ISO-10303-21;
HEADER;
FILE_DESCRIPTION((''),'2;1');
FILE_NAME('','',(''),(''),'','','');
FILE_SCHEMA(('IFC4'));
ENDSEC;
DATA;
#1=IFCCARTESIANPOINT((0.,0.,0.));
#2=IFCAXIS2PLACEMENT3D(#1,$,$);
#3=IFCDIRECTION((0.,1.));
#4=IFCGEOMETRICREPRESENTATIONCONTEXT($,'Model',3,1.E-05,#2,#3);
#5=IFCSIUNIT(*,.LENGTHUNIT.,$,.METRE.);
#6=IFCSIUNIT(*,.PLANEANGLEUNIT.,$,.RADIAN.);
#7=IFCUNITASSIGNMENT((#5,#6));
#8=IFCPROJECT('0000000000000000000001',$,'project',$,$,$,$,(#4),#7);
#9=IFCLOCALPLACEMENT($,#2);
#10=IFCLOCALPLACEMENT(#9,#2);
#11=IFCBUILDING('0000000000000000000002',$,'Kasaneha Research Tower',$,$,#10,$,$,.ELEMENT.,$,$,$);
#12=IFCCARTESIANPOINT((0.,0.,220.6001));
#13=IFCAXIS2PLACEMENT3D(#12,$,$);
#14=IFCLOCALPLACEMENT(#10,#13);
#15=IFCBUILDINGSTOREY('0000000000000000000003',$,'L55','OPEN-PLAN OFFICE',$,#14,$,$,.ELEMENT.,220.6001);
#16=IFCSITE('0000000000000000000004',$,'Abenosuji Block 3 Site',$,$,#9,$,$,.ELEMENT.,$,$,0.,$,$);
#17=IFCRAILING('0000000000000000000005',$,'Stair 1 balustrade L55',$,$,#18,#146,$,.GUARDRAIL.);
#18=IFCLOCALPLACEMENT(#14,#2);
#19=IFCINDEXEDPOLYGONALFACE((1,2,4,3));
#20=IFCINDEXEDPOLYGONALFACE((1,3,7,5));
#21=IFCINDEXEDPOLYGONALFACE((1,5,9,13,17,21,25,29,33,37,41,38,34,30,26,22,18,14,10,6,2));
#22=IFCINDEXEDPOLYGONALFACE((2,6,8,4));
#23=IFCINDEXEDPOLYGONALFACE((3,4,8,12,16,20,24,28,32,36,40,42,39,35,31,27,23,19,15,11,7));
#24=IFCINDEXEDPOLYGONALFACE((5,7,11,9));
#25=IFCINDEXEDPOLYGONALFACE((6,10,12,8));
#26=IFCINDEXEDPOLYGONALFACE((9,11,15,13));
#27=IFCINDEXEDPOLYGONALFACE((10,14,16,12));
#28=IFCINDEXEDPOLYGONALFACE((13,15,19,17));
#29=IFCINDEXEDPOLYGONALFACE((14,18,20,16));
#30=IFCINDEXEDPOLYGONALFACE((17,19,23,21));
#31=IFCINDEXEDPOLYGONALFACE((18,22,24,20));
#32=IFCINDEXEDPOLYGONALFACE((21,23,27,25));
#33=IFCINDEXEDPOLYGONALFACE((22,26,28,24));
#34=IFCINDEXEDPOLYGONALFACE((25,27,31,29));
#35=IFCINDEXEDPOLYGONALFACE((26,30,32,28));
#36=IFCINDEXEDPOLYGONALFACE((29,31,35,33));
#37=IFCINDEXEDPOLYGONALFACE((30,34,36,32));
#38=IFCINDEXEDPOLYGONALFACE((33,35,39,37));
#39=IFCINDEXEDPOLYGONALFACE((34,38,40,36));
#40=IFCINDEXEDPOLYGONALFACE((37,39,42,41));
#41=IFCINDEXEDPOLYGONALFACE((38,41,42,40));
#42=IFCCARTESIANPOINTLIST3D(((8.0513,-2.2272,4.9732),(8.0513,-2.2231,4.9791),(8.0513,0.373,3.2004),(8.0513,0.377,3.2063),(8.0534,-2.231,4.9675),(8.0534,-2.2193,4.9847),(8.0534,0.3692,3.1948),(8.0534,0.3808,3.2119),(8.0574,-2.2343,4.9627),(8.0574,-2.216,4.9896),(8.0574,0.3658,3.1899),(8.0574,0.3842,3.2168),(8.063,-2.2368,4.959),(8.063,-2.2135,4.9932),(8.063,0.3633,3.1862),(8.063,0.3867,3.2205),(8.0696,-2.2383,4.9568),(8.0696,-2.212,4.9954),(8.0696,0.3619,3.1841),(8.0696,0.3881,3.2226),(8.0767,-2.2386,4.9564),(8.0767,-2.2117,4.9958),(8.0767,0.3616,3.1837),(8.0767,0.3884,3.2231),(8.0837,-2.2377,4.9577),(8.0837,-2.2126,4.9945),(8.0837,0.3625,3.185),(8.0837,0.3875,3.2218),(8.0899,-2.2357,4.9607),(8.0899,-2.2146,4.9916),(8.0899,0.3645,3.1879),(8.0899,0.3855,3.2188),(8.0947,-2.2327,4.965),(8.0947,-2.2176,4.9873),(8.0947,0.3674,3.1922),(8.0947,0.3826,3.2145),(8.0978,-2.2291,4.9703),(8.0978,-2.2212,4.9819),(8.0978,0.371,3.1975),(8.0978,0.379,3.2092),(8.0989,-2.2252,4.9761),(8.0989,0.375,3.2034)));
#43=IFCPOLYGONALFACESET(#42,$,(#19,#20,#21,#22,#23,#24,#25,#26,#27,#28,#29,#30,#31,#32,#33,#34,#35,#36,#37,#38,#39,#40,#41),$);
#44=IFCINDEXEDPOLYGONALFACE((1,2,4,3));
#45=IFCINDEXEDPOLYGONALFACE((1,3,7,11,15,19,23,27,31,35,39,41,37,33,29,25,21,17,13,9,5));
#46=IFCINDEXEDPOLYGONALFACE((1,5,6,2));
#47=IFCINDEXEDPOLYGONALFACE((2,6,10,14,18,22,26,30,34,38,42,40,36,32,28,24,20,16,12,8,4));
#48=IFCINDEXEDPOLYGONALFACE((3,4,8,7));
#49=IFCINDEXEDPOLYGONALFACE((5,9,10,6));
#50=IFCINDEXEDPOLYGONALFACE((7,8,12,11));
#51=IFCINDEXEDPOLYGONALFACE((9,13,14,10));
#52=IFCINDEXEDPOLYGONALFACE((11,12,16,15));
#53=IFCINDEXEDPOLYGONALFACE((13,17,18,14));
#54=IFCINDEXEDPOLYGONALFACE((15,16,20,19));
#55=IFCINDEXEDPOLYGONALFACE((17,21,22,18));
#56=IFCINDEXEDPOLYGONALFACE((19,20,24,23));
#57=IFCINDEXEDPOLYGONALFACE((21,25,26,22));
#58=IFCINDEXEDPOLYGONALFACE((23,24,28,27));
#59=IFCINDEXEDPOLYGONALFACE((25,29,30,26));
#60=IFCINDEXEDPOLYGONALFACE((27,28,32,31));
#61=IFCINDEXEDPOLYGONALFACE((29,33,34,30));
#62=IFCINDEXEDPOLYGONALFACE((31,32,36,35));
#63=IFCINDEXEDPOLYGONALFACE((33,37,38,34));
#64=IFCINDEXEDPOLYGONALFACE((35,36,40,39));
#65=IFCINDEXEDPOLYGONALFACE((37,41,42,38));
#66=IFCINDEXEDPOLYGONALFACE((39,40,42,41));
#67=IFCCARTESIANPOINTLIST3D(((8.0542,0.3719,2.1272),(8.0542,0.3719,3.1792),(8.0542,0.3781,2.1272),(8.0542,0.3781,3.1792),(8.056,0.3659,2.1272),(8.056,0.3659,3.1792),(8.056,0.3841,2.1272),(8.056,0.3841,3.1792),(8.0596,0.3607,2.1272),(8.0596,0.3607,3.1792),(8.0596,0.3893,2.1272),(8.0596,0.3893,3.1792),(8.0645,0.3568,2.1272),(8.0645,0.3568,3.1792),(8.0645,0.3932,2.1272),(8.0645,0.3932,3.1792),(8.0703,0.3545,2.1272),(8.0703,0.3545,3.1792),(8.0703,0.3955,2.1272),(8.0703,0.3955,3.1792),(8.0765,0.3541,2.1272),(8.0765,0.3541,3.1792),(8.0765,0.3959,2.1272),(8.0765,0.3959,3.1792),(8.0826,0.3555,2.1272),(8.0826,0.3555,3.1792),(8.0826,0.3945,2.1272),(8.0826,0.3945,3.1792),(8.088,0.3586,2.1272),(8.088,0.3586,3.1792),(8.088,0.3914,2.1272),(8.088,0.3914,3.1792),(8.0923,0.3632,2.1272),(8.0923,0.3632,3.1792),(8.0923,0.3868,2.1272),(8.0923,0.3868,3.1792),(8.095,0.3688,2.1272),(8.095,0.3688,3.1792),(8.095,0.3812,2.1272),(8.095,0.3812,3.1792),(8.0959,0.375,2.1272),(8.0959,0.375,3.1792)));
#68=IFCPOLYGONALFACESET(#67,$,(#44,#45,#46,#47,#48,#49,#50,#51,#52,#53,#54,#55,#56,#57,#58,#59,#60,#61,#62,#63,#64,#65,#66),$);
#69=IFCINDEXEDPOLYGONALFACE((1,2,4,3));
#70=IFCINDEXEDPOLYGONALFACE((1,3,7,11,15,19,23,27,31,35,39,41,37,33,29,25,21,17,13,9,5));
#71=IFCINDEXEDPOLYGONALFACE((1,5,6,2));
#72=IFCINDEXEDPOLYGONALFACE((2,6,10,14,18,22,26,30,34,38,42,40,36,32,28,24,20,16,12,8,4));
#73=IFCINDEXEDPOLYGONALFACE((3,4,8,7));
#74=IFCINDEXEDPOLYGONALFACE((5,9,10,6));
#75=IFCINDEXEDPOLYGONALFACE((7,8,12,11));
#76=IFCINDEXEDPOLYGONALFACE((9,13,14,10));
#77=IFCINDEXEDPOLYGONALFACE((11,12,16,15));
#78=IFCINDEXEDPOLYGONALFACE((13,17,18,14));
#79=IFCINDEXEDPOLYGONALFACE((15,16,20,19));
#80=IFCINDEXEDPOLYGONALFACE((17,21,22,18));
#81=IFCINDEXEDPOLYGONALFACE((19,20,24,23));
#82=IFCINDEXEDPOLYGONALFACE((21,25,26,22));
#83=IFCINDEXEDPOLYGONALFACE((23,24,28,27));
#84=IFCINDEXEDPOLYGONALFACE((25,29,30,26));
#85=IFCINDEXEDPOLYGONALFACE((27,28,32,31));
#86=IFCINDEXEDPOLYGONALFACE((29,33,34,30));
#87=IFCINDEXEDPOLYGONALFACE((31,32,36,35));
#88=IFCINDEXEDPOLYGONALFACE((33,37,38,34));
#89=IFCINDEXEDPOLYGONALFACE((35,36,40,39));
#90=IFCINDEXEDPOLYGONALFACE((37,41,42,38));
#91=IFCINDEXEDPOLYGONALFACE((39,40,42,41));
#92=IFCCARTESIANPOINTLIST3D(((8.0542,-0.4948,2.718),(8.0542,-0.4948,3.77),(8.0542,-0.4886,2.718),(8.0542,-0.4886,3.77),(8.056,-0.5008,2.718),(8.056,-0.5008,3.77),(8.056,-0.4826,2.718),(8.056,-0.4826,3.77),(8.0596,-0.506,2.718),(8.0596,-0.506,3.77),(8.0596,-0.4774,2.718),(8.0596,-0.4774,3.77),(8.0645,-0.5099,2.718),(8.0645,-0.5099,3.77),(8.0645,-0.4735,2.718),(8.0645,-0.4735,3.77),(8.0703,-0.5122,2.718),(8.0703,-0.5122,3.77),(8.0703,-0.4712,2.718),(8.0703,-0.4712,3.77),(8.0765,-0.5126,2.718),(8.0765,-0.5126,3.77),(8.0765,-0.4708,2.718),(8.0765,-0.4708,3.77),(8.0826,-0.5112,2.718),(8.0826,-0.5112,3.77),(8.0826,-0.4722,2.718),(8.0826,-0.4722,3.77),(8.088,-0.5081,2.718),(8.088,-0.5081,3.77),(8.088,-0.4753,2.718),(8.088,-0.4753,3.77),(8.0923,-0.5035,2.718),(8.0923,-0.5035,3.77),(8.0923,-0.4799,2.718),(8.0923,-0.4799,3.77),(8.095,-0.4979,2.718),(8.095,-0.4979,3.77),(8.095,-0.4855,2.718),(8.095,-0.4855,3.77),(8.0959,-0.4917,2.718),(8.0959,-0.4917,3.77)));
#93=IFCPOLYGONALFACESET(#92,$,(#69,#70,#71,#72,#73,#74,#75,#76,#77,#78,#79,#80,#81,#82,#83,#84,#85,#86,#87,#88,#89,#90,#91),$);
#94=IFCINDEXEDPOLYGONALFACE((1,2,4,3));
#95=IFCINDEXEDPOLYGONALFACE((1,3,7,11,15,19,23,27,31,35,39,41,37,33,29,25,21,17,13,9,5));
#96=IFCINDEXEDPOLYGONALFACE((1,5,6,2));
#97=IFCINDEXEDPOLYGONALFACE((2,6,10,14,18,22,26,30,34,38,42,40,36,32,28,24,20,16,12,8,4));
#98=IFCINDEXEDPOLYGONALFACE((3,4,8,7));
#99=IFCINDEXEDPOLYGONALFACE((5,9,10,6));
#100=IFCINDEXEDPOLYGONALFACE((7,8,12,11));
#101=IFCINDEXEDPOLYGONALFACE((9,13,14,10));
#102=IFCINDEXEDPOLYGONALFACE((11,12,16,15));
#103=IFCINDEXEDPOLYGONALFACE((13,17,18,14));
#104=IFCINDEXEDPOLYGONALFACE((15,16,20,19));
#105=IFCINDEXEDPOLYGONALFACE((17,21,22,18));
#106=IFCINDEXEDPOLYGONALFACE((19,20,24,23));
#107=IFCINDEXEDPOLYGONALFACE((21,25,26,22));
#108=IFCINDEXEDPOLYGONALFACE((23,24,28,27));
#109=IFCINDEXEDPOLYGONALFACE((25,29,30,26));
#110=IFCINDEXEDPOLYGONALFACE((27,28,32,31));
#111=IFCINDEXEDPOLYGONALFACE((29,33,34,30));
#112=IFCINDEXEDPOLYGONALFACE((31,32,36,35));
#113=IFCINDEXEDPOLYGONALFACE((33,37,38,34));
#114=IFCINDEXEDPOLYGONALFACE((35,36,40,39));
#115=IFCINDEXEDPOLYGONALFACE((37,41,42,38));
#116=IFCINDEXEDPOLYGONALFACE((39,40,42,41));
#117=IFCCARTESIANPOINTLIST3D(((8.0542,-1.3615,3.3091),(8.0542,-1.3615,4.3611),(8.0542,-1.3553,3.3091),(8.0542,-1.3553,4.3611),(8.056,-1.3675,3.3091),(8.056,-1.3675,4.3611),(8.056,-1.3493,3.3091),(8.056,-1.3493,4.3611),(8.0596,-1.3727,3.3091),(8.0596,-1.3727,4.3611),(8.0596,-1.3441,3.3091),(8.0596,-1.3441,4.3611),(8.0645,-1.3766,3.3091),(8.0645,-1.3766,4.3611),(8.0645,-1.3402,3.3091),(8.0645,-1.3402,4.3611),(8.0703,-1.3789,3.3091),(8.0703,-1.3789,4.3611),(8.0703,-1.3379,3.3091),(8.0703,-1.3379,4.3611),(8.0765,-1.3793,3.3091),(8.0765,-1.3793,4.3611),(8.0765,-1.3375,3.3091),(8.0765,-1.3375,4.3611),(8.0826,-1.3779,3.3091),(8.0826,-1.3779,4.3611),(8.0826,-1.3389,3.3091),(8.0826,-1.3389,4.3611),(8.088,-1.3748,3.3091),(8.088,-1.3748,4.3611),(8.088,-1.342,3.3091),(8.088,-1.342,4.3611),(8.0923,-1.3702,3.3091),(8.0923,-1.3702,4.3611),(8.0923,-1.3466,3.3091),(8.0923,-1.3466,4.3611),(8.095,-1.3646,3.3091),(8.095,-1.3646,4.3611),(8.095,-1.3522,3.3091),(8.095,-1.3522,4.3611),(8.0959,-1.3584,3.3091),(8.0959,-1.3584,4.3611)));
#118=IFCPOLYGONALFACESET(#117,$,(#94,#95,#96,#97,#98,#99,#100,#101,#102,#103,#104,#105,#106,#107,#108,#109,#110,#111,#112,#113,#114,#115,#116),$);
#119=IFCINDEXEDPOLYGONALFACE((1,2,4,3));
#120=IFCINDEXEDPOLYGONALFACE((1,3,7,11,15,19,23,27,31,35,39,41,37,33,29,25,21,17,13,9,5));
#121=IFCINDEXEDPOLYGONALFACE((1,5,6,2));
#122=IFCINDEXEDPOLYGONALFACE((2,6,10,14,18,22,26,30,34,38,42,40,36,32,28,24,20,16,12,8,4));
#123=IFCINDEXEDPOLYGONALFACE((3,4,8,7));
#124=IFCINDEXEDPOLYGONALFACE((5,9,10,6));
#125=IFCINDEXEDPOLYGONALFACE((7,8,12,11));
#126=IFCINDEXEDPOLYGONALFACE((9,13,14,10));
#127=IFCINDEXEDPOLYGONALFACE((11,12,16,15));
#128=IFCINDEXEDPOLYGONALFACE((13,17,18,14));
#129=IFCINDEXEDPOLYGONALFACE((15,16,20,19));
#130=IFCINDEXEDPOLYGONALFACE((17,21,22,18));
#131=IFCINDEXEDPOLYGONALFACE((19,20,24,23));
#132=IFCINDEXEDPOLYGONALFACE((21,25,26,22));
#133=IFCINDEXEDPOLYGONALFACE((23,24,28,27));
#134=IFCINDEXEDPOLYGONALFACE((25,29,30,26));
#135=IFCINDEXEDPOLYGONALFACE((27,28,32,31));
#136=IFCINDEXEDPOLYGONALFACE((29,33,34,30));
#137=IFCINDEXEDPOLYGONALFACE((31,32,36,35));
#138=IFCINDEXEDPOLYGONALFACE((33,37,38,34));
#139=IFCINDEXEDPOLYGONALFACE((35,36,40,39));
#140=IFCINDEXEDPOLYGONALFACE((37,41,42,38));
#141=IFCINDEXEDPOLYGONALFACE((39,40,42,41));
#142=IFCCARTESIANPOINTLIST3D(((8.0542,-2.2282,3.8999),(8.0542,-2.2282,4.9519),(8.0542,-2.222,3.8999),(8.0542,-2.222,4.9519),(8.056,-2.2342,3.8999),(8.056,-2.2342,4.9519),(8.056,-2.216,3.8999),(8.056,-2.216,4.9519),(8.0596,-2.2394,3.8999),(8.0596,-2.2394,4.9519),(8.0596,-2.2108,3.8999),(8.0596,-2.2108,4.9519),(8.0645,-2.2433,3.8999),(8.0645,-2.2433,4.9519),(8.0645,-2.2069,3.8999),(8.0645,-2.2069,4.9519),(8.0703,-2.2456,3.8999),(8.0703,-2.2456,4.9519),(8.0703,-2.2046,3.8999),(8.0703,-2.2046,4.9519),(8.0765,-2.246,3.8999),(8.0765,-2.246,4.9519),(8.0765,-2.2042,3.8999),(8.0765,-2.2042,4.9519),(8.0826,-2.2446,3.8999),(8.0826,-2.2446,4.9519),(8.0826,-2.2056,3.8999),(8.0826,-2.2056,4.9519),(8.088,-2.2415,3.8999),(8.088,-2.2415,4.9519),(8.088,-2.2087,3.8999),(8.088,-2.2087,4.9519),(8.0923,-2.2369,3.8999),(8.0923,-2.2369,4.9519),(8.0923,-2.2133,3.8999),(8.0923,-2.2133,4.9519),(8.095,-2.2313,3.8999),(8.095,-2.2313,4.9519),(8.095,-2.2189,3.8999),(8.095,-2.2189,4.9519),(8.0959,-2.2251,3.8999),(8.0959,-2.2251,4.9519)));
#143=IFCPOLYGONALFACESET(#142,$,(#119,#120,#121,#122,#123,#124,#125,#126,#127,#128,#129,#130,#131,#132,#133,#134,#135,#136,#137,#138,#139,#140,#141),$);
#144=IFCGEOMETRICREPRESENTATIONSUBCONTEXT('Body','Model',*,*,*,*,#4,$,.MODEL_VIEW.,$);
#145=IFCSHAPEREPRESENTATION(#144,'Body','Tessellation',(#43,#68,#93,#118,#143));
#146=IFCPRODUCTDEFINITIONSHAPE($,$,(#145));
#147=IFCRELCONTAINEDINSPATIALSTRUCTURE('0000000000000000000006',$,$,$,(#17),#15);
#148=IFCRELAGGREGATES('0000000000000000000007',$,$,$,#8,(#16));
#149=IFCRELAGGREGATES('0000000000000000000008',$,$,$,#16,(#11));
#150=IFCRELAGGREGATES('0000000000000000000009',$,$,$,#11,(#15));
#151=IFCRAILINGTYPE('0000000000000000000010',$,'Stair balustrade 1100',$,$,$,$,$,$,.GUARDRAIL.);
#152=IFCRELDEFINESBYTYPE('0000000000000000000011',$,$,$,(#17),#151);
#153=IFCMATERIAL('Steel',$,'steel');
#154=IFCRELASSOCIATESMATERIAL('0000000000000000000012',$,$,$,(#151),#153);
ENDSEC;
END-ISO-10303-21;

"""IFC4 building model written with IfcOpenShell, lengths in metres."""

from ifc_helpers import new_model, si_unit, direction, frame, origin, origin_2d, place, context, subcontext, project, spatial, circle, extrude, material, type_object, element, save


model = new_model("IFC4")

# Units and contexts
model_context = context("Model", 3, precision=1e-05, world=origin(), true_north=direction((0.0, 1.0)))
body_context = subcontext(model_context, "Body", "Model", "MODEL_VIEW")
ifc_project = project(units=[si_unit("LENGTHUNIT", "METRE"), si_unit("PLANEANGLEUNIT", "RADIAN")], contexts=[model_context])

# Site, building, storey
site_placement = place(None, origin())
site = spatial("IfcSite", under=ifc_project, at=site_placement, Name="Abenosuji Block 3 Site", CompositionType="ELEMENT", RefElevation=0.0)
building_placement = place(site_placement, origin())
building = spatial("IfcBuilding", under=site, at=building_placement, Name="Kasaneha Research Tower", CompositionType="ELEMENT")
storey_placement = place(building_placement, frame((0.0, 0.0, 220.6001)))
storey = spatial("IfcBuildingStorey", under=building, at=storey_placement, Name="L55", Description="OPEN-PLAN OFFICE", CompositionType="ELEMENT", Elevation=220.6001)

# Railing
ifc_material_1 = material(Name="Steel", Category="steel")
railing_type_1 = type_object("IfcRailingType", Name="Stair balustrade 1100", PredefinedType="GUARDRAIL", material=ifc_material_1)
railing_1_placement = place(storey_placement, frame((8.075, 0.375, 2.1272)))
element("IfcRailing", 1, at=railing_1_placement, inside=storey, type_object=railing_type_1, Name="Stair 1 balustrade L55", PredefinedType="GUARDRAIL", context=body_context, shape_type="SweptSolid", body=[
    extrude(circle(Radius=0.0239, at=origin_2d()), frame((0.0, 0.0, 1.0762), z_axis=(0.0, -0.82624, 0.563318), x_axis=(1.0, 0.0, 0.0)), (0.0, 0.0, 1.0), 3.147),
    extrude(circle(Radius=0.021, at=origin_2d()), origin(), (0.0, 0.0, 1.0), 1.052),
    extrude(circle(Radius=0.021, at=origin_2d()), frame((0.0, -0.8667, 0.5908)), (0.0, 0.0, 1.0), 1.052),
    extrude(circle(Radius=0.021, at=origin_2d()), frame((0.0, -1.7334, 1.1819)), (0.0, 0.0, 1.0), 1.052),
    extrude(circle(Radius=0.021, at=origin_2d()), frame((0.0, -2.6001, 1.7727)), (0.0, 0.0, 1.0), 1.052),
])

save(model, "model.ifc")
